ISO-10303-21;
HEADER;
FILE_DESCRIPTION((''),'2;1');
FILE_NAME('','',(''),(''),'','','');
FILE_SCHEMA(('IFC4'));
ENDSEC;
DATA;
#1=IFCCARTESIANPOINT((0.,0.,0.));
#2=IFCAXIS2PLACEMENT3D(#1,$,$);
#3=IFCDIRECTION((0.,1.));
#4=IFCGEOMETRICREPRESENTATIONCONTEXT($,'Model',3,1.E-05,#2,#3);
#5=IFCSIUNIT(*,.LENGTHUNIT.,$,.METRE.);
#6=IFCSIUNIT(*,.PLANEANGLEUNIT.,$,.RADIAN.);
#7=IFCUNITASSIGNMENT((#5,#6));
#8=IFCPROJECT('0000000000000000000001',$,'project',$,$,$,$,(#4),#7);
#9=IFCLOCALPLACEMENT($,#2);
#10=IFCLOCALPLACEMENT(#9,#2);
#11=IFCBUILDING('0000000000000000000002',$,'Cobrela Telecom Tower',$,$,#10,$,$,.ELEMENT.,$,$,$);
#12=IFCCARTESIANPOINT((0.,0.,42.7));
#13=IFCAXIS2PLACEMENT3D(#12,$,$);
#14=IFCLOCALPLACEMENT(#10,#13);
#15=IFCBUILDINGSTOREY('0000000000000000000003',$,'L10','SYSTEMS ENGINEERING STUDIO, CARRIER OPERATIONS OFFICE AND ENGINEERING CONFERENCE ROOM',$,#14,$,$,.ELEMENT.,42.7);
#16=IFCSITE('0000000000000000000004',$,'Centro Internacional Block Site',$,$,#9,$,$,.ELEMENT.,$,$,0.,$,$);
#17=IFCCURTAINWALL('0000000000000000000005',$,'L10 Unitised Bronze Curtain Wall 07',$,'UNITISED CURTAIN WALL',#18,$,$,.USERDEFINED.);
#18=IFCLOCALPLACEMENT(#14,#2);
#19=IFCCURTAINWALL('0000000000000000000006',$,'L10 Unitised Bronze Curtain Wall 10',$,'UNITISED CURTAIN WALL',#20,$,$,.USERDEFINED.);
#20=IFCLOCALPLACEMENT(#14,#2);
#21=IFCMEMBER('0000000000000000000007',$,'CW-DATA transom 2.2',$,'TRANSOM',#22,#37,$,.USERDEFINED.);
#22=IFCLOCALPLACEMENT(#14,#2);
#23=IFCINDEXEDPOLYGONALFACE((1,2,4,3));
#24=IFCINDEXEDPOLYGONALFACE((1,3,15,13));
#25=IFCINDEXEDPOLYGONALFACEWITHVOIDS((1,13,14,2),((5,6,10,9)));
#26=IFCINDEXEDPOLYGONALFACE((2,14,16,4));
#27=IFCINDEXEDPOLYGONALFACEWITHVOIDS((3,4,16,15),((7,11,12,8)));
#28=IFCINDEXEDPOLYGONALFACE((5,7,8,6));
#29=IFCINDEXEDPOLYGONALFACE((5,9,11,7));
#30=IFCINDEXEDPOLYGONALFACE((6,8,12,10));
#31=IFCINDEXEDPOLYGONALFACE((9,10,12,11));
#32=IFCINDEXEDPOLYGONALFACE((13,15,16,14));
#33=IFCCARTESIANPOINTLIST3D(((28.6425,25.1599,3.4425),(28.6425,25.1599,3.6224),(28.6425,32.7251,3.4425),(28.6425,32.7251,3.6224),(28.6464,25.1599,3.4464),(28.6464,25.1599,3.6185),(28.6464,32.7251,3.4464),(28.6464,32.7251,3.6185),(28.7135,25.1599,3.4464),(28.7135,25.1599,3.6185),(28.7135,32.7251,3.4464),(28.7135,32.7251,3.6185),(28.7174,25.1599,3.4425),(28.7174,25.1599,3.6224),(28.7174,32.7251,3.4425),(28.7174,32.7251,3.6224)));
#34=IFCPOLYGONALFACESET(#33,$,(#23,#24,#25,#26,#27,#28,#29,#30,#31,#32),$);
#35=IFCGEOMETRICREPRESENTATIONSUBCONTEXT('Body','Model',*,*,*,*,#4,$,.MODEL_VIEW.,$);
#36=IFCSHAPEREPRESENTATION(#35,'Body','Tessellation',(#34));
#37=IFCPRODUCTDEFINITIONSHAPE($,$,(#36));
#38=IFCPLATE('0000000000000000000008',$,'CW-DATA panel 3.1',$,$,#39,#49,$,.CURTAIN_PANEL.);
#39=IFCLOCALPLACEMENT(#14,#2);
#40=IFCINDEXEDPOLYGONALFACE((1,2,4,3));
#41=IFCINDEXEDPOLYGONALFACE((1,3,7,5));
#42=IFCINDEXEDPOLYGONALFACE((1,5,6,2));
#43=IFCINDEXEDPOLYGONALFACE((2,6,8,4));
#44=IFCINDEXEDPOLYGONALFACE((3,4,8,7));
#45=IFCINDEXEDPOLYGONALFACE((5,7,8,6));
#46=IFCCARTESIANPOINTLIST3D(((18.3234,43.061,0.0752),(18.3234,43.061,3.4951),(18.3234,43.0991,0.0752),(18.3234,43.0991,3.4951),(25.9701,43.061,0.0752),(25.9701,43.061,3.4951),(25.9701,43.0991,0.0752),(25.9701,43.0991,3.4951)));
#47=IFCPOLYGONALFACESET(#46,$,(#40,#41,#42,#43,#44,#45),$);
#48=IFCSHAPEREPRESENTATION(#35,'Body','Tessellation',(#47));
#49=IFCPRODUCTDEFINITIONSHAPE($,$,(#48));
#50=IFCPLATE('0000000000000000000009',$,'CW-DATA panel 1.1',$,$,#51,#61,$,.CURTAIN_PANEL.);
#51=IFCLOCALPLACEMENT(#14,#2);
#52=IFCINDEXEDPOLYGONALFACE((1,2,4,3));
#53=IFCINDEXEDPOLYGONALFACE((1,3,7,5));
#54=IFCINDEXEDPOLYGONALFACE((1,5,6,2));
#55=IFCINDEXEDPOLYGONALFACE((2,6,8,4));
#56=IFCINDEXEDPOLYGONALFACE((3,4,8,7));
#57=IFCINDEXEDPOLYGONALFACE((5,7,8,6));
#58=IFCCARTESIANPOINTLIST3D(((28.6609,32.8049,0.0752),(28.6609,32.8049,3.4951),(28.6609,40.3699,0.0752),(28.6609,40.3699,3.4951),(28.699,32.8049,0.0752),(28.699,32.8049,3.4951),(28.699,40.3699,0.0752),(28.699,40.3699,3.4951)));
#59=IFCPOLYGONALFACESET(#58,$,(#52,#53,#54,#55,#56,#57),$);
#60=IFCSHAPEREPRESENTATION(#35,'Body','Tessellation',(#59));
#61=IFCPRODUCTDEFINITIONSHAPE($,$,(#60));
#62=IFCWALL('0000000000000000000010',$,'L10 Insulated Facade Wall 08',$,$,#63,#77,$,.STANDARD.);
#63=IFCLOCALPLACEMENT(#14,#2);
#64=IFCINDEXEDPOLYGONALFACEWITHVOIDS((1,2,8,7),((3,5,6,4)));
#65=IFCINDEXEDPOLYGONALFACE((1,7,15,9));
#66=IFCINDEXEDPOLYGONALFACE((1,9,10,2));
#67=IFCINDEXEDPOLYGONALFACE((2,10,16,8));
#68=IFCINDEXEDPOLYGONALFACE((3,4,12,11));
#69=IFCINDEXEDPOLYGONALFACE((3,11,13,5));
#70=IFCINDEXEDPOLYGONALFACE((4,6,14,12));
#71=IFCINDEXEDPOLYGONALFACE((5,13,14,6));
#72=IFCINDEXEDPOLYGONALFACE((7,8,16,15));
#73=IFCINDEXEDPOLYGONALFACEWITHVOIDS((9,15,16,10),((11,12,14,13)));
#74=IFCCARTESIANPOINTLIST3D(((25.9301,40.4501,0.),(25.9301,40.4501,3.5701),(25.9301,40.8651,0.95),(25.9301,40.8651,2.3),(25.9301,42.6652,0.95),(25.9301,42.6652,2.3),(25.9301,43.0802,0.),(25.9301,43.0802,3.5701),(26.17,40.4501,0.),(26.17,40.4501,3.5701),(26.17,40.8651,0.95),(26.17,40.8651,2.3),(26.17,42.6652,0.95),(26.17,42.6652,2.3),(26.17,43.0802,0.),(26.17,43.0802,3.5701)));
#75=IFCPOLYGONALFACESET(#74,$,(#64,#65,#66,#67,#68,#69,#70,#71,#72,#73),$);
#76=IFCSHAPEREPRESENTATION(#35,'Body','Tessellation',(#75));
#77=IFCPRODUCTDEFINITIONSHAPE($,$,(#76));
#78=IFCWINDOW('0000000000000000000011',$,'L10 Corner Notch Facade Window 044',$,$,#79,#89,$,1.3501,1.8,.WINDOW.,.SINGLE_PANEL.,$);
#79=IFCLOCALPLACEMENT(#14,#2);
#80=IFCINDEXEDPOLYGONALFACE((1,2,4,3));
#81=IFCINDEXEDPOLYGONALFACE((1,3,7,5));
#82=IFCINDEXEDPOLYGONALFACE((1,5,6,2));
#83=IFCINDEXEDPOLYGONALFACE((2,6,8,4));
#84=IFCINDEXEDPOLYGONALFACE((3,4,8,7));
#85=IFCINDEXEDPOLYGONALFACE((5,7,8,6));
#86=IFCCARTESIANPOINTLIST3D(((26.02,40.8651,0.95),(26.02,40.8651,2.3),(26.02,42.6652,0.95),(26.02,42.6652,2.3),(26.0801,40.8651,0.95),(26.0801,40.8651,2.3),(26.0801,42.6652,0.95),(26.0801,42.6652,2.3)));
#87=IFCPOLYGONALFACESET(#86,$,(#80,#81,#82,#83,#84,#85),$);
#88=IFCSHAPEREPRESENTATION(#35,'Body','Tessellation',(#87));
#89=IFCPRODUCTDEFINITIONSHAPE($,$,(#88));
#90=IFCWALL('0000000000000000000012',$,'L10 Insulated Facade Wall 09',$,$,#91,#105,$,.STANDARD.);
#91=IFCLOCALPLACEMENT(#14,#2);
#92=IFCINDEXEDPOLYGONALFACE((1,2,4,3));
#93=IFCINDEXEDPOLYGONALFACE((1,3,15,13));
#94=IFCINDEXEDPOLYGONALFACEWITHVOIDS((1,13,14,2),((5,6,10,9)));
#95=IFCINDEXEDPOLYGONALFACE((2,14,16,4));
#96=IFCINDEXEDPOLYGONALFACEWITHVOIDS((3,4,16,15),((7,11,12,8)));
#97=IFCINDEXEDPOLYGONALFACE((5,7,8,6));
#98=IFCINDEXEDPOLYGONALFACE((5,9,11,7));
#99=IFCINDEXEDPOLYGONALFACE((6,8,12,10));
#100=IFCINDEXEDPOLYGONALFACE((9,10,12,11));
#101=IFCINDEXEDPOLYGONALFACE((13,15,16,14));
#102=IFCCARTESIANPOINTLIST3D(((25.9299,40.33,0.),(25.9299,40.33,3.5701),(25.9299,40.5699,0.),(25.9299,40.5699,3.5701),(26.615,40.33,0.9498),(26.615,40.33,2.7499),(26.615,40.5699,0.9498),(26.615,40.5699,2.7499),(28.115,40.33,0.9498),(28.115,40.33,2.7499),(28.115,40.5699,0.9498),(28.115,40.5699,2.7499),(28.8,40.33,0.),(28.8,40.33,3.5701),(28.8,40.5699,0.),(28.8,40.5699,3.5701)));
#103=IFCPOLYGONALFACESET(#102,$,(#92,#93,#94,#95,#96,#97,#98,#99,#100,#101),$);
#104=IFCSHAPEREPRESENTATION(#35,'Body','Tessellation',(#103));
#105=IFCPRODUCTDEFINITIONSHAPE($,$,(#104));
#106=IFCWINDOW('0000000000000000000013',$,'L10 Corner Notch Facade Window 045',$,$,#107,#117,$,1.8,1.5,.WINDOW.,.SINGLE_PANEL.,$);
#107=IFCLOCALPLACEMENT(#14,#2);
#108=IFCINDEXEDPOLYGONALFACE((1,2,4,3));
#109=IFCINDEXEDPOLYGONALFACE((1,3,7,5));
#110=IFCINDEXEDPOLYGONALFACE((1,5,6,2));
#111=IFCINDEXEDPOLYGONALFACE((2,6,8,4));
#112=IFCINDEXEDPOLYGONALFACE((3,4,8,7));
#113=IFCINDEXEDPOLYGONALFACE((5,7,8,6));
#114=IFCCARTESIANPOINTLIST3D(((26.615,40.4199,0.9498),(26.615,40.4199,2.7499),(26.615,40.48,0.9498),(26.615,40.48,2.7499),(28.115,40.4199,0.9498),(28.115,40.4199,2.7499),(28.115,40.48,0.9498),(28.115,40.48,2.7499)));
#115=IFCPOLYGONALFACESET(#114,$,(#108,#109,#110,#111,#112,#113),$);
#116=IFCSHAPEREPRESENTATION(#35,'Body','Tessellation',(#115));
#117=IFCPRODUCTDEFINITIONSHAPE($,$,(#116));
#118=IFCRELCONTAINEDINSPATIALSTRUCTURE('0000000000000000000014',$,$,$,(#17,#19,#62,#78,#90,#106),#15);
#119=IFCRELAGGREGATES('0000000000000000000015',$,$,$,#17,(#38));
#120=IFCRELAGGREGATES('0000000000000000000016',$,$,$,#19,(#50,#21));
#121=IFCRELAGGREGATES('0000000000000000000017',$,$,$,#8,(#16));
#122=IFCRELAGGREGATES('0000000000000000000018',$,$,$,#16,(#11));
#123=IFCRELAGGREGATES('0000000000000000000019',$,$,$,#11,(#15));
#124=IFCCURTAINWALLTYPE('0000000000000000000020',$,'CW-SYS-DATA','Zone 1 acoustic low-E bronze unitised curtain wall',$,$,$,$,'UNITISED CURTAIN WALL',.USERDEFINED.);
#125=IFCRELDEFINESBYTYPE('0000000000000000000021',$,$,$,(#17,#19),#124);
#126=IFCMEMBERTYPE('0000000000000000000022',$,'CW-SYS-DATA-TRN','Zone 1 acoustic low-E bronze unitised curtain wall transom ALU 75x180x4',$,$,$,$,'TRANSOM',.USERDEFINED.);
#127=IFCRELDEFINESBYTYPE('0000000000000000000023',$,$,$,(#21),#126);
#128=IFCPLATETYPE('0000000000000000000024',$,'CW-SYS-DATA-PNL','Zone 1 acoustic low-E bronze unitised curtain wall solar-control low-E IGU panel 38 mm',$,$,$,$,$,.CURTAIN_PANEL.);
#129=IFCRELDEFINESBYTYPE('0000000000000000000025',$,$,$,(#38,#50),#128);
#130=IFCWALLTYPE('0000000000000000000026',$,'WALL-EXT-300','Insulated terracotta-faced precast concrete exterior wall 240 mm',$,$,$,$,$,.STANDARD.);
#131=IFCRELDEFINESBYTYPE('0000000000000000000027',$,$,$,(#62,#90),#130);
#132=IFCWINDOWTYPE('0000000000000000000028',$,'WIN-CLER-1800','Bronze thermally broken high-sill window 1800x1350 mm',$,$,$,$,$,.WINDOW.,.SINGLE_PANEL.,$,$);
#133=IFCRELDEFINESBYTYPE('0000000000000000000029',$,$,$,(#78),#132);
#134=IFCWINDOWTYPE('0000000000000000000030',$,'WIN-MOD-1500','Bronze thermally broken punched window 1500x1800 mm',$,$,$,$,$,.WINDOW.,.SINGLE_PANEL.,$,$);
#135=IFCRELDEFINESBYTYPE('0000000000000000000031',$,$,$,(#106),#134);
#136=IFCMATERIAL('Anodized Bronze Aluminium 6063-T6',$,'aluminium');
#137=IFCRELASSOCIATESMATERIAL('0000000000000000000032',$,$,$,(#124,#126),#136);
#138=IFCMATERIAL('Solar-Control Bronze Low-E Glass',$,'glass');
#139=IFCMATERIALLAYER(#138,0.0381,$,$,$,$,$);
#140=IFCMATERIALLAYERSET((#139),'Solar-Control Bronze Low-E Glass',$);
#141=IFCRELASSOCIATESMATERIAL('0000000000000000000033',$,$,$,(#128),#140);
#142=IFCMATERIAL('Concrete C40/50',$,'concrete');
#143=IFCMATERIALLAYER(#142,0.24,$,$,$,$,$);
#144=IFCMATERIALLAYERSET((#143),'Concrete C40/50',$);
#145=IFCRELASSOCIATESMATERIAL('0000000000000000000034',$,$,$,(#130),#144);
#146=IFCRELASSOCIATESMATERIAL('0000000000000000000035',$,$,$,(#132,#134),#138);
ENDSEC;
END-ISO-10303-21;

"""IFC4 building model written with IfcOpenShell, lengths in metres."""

from ifc_helpers import new_model, si_unit, direction, frame, frame_2d, origin, origin_2d, place, context, subcontext, project, spatial, rectangle, hollow_rectangle, extrude, material, layer, layer_set, material_profile, profile_set, type_object, element, fill, aggregate, save


model = new_model("IFC4")

# Units and contexts
model_context = context("Model", 3, precision=1e-05, world=origin(), true_north=direction((0.0, 1.0)))
body_context = subcontext(model_context, "Body", "Model", "MODEL_VIEW")
ifc_project = project(units=[si_unit("LENGTHUNIT", "METRE"), si_unit("PLANEANGLEUNIT", "RADIAN")], contexts=[model_context])

# Site, building, storey
site_placement = place(None, origin())
site = spatial("IfcSite", under=ifc_project, at=site_placement, Name="Centro Internacional Block Site", CompositionType="ELEMENT", RefElevation=0.0)
building_placement = place(site_placement, origin())
building = spatial("IfcBuilding", under=site, at=building_placement, Name="Cobrela Telecom Tower", CompositionType="ELEMENT")
storey_placement = place(building_placement, frame((0.0, 0.0, 42.7)))
storey = spatial("IfcBuildingStorey", under=building, at=storey_placement, Name="L10", Description="SYSTEMS ENGINEERING STUDIO, CARRIER OPERATIONS OFFICE AND ENGINEERING CONFERENCE ROOM", CompositionType="ELEMENT", Elevation=42.7)

# Curtain wall
ifc_material_1 = material(Name="Anodized Bronze Aluminium 6063-T6", Category="aluminium")
curtain_wall_type = type_object("IfcCurtainWallType", Name="CW-SYS-DATA", Description="Zone 1 acoustic low-E bronze unitised curtain wall", ElementType="UNITISED CURTAIN WALL", PredefinedType="USERDEFINED", material=ifc_material_1)
curtain_wall_1_placement = place(storey_placement, origin())
curtain_wall_1 = element("IfcCurtainWall", 1, at=curtain_wall_1_placement, inside=storey, type_object=curtain_wall_type, Name="L10 Unitised Bronze Curtain Wall 07", ObjectType="UNITISED CURTAIN WALL", PredefinedType="USERDEFINED")

# Curtain wall, member
curtain_wall_2_placement = place(storey_placement, origin())
curtain_wall_2 = element("IfcCurtainWall", 2, at=curtain_wall_2_placement, inside=storey, type_object=curtain_wall_type, Name="L10 Unitised Bronze Curtain Wall 10", ObjectType="UNITISED CURTAIN WALL", PredefinedType="USERDEFINED")
ifc_material_profile_1 = material_profile(ifc_material_1, hollow_rectangle(XDim=0.075, YDim=0.1799, WallThickness=0.0039, at=origin_2d()), Name="ALU 75x180x4")
ifc_profile_set_1 = profile_set([ifc_material_profile_1], Name="Anodized Bronze Aluminium 6063-T6")
member_type_1 = type_object("IfcMemberType", Name="CW-SYS-DATA-TRN", Description="Zone 1 acoustic low-E bronze unitised curtain wall transom ALU 75x180x4", ElementType="TRANSOM", PredefinedType="USERDEFINED", material=ifc_profile_set_1)
member_1_placement = place(storey_placement, frame((28.6799, 32.7251, 3.5325), z_axis=(0.0, -1.0, 0.0), x_axis=(1.0, 0.0, 0.0)))
member_1 = element("IfcMember", 3, at=member_1_placement, type_object=member_type_1, Name="CW-DATA transom 2.2", ObjectType="TRANSOM", PredefinedType="USERDEFINED", context=body_context, shape_type="SweptSolid", body=[
    extrude(hollow_rectangle(XDim=0.075, YDim=0.1799, WallThickness=0.0039, at=origin_2d()), origin(), (0.0, 0.0, 1.0), 7.5652),
])

# Plates
ifc_material_2 = material(Name="Solar-Control Bronze Low-E Glass", Category="glass")
ifc_layer_1 = layer(ifc_material_2, 0.0381)
ifc_layer_set_1 = layer_set([ifc_layer_1], Name="Solar-Control Bronze Low-E Glass")
plate_type = type_object("IfcPlateType", Name="CW-SYS-DATA-PNL", Description="Zone 1 acoustic low-E bronze unitised curtain wall solar-control low-E IGU panel 38 mm", PredefinedType="CURTAIN_PANEL", material=ifc_layer_set_1)
plate_1_placement = place(storey_placement, frame((22.1467, 43.0801, 0.0752), z_axis=(0.0, 0.0, 1.0), x_axis=(1.0, 0.0, 0.0)))
plate_1 = element("IfcPlate", 4, at=plate_1_placement, type_object=plate_type, Name="CW-DATA panel 3.1", PredefinedType="CURTAIN_PANEL", context=body_context, shape_type="SweptSolid", body=[
    extrude(rectangle(XDim=7.6467, YDim=0.0381, at=origin_2d()), origin(), (0.0, 0.0, 1.0), 3.4199),
])
aggregate(curtain_wall_1, [plate_1])
plate_2_placement = place(storey_placement, frame((28.6799, 36.5874, 0.0752), z_axis=(0.0, 0.0, 1.0), x_axis=(0.0, -1.0, 0.0)))
plate_2 = element("IfcPlate", 5, at=plate_2_placement, type_object=plate_type, Name="CW-DATA panel 1.1", PredefinedType="CURTAIN_PANEL", context=body_context, shape_type="SweptSolid", body=[
    extrude(rectangle(XDim=7.5649, YDim=0.0381, at=origin_2d()), origin(), (0.0, 0.0, 1.0), 3.4199),
])
aggregate(curtain_wall_2, [plate_2, member_1])

# Walls, openings, windows
ifc_material_3 = material(Name="Concrete C40/50", Category="concrete")
ifc_layer_2 = layer(ifc_material_3, 0.24)
ifc_layer_set_2 = layer_set([ifc_layer_2], Name="Concrete C40/50")
wall_type = type_object("IfcWallType", Name="WALL-EXT-300", Description="Insulated terracotta-faced precast concrete exterior wall 240 mm", PredefinedType="STANDARD", material=ifc_layer_set_2)
wall_1_placement = place(storey_placement, frame((26.05, 43.0801, 0.0), z_axis=(0.0, 0.0, 1.0), x_axis=(0.0, -1.0, 0.0)))
wall_1 = element("IfcWall", 6, at=wall_1_placement, inside=storey, type_object=wall_type, Name="L10 Insulated Facade Wall 08", PredefinedType="STANDARD", context=body_context, shape_type="SweptSolid", body=[
    extrude(rectangle(XDim=2.6301, YDim=0.24, at=frame_2d((1.3149, 0.0))), origin(), (0.0, 0.0, 1.0), 3.5701),
])
opening_1_placement = place(wall_1_placement, frame((0.415, 0.0, 0.95)))
opening_1 = element("IfcOpeningElement", 7, at=opening_1_placement, cuts=wall_1, PredefinedType="OPENING", context=body_context, shape_type="SweptSolid", body=[
    extrude(rectangle(XDim=1.8, YDim=1.3501, at=frame_2d((0.8999, 0.675))), frame((0.0, 0.1318, 0.0), z_axis=(0.0, -1.0, 0.0), x_axis=(1.0, 0.0, 0.0)), (0.0, 0.0, 1.0), 0.2639),
])
window_type_1 = type_object("IfcWindowType", Name="WIN-CLER-1800", Description="Bronze thermally broken high-sill window 1800x1350 mm", PartitioningType="SINGLE_PANEL", PredefinedType="WINDOW", material=ifc_material_2)
window_1_placement = place(opening_1_placement, origin())
window_1 = element("IfcWindow", 8, at=window_1_placement, inside=storey, type_object=window_type_1, Name="L10 Corner Notch Facade Window 044", OverallHeight=1.3501, OverallWidth=1.8, PartitioningType="SINGLE_PANEL", PredefinedType="WINDOW", context=body_context, shape_type="SweptSolid", body=[
    extrude(rectangle(XDim=1.8, YDim=1.3501, at=frame_2d((0.8999, 0.675))), frame((0.0, 0.03, 0.0), z_axis=(0.0, -1.0, 0.0), x_axis=(1.0, 0.0, 0.0)), (0.0, 0.0, 1.0), 0.0601),
])
fill(opening_1, window_1)
wall_2_placement = place(storey_placement, frame((25.9299, 40.45, 0.0), z_axis=(0.0, 0.0, 1.0), x_axis=(1.0, 0.0, 0.0)))
wall_2 = element("IfcWall", 9, at=wall_2_placement, inside=storey, type_object=wall_type, Name="L10 Insulated Facade Wall 09", PredefinedType="STANDARD", context=body_context, shape_type="SweptSolid", body=[
    extrude(rectangle(XDim=2.8701, YDim=0.24, at=frame_2d((1.4351, 0.0))), origin(), (0.0, 0.0, 1.0), 3.5701),
])
opening_2_placement = place(wall_2_placement, frame((0.6851, 0.0, 0.95)))
opening_2 = element("IfcOpeningElement", 10, at=opening_2_placement, cuts=wall_2, PredefinedType="OPENING", context=body_context, shape_type="SweptSolid", body=[
    extrude(rectangle(XDim=1.5, YDim=1.8, at=frame_2d((0.75, 0.8999))), frame((0.0, 0.1318, 0.0), z_axis=(0.0, -1.0, 0.0), x_axis=(1.0, 0.0, 0.0)), (0.0, 0.0, 1.0), 0.2639),
])
window_type_2 = type_object("IfcWindowType", Name="WIN-MOD-1500", Description="Bronze thermally broken punched window 1500x1800 mm", PartitioningType="SINGLE_PANEL", PredefinedType="WINDOW", material=ifc_material_2)
window_2_placement = place(opening_2_placement, origin())
window_2 = element("IfcWindow", 11, at=window_2_placement, inside=storey, type_object=window_type_2, Name="L10 Corner Notch Facade Window 045", OverallHeight=1.8, OverallWidth=1.5, PartitioningType="SINGLE_PANEL", PredefinedType="WINDOW", context=body_context, shape_type="SweptSolid", body=[
    extrude(rectangle(XDim=1.5, YDim=1.8, at=frame_2d((0.75, 0.8999))), frame((0.0, 0.03, 0.0), z_axis=(0.0, -1.0, 0.0), x_axis=(1.0, 0.0, 0.0)), (0.0, 0.0, 1.0), 0.0601),
])
fill(opening_2, window_2)

save(model, "model.ifc")
